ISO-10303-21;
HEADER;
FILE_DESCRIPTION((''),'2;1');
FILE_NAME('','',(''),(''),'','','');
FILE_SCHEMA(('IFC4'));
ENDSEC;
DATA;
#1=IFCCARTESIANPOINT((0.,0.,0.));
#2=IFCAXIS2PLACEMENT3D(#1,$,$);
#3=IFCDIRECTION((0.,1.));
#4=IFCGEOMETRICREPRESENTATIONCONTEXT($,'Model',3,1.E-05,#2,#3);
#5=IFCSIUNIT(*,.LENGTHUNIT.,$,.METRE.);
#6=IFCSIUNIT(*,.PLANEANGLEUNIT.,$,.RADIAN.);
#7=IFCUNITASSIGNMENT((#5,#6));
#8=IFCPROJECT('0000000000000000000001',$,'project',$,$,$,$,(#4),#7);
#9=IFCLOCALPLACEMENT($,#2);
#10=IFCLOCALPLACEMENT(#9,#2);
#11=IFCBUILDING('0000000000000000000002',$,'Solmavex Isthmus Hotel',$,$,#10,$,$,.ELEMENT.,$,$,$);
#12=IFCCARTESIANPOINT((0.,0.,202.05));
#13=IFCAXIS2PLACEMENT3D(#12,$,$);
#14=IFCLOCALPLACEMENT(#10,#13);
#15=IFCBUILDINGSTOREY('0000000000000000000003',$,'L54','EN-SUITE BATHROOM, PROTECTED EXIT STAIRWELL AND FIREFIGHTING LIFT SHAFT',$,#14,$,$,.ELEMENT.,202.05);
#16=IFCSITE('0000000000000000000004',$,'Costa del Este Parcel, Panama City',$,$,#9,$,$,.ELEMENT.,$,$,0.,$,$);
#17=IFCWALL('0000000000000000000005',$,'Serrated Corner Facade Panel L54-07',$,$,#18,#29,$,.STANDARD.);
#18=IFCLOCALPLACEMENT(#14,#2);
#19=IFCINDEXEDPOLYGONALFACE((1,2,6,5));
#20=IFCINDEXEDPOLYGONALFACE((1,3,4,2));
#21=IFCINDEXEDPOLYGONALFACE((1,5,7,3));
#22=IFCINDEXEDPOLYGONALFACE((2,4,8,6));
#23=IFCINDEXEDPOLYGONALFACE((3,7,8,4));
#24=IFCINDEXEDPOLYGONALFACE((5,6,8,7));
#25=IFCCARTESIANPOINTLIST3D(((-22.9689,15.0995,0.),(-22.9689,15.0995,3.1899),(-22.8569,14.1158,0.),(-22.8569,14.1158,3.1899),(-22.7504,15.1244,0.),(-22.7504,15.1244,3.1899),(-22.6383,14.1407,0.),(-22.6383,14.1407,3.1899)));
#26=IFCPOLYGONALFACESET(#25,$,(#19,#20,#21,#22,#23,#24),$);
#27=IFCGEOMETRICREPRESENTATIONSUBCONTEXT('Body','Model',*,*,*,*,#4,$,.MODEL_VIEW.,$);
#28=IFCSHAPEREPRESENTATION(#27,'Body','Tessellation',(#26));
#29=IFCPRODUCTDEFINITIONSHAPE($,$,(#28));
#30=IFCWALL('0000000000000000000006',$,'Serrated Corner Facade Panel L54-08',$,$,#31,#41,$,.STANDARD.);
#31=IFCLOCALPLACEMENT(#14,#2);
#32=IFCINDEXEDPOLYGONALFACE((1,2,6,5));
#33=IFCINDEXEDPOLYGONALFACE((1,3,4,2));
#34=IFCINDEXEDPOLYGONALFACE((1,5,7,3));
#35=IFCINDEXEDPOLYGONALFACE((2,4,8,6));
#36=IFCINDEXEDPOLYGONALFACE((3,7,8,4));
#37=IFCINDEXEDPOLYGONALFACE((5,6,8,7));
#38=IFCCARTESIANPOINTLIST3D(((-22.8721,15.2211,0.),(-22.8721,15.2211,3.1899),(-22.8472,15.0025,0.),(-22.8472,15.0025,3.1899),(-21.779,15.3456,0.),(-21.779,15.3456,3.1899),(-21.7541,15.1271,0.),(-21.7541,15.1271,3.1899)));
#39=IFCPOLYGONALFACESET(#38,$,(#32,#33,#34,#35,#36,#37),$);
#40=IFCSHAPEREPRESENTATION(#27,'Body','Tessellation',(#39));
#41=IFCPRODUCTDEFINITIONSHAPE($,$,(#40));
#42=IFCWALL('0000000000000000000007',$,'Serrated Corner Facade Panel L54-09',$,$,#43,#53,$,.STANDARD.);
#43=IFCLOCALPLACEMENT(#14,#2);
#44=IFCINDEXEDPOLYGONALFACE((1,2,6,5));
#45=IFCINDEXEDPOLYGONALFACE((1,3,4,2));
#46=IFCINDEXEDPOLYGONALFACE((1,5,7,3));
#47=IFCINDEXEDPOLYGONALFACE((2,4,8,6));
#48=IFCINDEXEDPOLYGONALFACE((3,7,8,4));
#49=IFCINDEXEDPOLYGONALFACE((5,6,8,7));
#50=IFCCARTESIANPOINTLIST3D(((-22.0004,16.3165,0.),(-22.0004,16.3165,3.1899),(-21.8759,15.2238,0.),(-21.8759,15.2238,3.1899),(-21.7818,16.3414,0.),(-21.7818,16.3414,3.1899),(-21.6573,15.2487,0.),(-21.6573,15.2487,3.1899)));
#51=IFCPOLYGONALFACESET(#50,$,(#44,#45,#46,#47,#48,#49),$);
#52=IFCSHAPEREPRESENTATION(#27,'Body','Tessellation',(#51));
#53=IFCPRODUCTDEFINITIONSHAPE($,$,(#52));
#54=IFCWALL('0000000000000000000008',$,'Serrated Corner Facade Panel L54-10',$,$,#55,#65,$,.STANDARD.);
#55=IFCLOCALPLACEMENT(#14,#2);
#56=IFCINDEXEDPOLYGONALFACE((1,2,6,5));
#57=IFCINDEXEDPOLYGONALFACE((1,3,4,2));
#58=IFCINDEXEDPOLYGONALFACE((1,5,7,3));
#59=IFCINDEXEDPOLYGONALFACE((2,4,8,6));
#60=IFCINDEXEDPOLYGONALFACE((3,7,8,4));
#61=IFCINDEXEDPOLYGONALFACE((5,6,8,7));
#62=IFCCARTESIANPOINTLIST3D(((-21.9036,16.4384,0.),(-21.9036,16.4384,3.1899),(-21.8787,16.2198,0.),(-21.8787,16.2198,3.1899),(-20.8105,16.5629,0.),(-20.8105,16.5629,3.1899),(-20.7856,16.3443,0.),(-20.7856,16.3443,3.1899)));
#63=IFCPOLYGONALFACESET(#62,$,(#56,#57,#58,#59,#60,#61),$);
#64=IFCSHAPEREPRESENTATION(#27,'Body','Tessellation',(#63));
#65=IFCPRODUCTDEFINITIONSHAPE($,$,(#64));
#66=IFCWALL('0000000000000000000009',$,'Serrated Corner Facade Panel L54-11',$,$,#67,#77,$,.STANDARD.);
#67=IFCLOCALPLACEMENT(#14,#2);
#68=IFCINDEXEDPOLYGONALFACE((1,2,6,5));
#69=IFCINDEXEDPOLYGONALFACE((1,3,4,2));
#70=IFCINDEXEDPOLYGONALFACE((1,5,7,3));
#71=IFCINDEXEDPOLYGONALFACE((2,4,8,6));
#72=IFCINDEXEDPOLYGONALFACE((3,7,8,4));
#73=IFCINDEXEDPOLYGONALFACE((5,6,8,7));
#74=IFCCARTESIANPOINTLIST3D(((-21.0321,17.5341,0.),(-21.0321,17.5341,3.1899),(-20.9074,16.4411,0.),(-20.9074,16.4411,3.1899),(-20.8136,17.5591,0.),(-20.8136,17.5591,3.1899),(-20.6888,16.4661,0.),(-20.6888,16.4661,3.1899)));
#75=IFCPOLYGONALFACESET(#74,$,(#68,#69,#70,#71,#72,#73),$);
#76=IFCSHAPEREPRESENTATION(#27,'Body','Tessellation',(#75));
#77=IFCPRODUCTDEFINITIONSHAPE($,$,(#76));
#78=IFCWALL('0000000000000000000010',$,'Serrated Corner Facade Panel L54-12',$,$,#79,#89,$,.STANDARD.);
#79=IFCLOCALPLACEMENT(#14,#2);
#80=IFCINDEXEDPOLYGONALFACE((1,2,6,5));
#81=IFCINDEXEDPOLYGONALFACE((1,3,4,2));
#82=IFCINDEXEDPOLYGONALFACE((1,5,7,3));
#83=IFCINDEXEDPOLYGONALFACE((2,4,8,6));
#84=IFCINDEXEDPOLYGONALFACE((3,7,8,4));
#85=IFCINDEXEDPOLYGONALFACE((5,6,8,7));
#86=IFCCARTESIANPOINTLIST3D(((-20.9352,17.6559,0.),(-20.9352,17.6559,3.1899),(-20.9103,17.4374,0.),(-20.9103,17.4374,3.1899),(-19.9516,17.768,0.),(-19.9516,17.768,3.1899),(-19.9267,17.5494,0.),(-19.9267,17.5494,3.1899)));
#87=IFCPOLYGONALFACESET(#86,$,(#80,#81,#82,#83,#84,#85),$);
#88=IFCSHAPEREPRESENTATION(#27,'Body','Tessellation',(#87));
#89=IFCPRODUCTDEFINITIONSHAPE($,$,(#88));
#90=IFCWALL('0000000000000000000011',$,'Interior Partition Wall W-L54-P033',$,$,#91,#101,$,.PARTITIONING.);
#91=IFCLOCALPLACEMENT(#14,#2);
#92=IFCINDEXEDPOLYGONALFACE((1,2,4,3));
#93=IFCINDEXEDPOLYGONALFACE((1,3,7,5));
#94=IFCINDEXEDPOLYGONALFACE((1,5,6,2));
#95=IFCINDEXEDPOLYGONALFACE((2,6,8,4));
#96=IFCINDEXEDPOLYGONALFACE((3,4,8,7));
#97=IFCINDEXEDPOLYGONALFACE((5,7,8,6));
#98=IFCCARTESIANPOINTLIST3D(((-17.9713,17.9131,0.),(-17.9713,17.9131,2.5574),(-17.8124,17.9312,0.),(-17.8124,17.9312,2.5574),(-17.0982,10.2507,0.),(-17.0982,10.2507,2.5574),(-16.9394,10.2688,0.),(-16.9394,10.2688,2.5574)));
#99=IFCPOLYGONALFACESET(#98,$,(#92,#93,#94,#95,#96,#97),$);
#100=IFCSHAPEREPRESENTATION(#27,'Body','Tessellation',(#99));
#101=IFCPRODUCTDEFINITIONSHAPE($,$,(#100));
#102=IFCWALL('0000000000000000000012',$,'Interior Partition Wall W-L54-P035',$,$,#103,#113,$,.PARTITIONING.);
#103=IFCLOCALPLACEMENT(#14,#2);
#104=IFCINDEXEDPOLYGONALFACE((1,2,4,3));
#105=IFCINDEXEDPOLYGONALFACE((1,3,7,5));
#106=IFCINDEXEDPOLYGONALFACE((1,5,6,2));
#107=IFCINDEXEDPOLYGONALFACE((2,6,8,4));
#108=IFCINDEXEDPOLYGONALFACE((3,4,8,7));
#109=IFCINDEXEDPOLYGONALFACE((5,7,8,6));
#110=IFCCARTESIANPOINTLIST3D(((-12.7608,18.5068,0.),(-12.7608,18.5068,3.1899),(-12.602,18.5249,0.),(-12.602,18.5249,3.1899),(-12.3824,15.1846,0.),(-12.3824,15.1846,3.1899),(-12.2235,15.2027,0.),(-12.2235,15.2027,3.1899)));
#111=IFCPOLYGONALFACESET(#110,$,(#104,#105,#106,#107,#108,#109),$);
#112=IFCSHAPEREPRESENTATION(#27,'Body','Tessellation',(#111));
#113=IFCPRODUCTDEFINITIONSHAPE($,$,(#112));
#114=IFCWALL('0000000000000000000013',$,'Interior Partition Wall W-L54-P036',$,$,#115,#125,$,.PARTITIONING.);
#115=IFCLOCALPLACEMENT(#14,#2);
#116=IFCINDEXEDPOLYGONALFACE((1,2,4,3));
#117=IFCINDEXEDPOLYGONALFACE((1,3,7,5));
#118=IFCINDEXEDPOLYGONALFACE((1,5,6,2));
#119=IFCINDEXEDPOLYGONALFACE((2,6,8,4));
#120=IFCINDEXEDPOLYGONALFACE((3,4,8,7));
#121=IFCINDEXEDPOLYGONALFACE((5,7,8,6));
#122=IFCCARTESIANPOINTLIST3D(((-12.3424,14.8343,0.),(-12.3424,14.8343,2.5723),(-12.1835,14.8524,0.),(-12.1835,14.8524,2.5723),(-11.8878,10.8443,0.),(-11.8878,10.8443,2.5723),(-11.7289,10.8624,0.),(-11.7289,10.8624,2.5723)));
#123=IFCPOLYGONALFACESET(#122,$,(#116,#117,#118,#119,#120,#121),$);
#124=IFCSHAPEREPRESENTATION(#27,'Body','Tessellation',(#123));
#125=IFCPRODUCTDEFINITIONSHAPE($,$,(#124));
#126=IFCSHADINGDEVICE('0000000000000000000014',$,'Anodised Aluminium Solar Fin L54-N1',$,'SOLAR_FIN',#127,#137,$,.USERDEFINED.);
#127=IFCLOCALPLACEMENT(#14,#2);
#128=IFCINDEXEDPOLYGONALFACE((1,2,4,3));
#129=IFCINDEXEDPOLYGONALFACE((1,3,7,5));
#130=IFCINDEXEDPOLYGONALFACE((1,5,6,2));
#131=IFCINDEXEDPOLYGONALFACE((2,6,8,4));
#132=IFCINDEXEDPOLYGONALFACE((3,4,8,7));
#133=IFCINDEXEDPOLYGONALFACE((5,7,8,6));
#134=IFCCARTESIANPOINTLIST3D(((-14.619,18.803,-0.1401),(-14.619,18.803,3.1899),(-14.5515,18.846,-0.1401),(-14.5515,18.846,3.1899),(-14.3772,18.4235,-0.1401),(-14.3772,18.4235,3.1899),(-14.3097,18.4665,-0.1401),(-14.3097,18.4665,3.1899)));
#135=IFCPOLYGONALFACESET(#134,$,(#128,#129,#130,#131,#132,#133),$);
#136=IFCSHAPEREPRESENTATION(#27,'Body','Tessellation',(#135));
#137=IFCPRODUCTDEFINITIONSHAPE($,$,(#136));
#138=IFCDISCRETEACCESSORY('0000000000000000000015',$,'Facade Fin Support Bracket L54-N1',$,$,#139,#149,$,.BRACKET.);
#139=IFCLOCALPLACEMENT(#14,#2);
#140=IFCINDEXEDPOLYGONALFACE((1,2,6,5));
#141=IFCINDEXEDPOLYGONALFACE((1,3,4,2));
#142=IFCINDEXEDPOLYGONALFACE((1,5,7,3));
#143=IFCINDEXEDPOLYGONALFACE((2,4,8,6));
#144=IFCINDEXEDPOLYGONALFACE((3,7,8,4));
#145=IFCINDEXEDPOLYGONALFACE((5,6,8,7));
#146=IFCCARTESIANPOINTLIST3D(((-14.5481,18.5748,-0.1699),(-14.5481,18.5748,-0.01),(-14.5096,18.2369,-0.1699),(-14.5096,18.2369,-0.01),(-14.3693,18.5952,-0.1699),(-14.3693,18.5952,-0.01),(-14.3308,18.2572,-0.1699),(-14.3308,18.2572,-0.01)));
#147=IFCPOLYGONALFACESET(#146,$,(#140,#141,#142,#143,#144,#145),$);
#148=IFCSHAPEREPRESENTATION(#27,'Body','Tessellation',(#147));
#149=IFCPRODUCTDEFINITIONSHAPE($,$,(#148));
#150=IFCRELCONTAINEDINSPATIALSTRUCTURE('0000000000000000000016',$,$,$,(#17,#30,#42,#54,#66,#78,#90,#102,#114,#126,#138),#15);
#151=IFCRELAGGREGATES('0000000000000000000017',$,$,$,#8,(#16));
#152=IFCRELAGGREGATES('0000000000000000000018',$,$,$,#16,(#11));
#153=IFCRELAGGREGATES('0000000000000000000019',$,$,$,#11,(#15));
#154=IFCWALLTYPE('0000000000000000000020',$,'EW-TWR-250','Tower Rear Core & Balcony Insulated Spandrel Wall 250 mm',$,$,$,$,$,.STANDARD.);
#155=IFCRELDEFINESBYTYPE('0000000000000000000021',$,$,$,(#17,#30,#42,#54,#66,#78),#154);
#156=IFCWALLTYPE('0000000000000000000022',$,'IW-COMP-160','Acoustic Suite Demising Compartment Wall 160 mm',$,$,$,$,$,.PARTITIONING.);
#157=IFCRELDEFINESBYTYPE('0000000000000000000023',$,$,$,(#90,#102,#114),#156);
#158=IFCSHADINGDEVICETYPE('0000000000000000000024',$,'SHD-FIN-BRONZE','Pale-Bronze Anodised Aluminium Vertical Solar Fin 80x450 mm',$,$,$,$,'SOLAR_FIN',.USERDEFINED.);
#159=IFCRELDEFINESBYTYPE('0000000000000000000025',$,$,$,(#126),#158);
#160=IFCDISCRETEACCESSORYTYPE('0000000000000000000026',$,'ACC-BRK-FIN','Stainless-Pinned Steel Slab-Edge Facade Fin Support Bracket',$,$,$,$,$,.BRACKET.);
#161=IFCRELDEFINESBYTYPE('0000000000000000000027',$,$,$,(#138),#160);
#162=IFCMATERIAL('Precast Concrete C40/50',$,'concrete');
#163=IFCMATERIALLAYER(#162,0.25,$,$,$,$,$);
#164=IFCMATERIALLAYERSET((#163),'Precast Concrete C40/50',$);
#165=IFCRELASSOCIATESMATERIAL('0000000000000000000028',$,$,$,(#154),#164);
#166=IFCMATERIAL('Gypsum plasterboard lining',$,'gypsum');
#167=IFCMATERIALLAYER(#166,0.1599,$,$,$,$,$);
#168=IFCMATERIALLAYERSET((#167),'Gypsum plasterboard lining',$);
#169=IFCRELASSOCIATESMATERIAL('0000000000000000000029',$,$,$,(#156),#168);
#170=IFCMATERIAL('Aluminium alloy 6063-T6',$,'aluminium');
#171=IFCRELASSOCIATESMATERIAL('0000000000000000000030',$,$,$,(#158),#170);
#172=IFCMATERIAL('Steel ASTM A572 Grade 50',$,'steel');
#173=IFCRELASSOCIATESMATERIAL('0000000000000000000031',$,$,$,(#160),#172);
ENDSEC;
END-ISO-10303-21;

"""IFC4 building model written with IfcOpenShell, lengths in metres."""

from ifc_helpers import new_model, si_unit, direction, frame, frame_2d, origin, origin_2d, place, context, subcontext, project, spatial, rectangle, extrude, material, layer, layer_set, type_object, element, save


model = new_model("IFC4")

# Units and contexts
model_context = context("Model", 3, precision=1e-05, world=origin(), true_north=direction((0.0, 1.0)))
body_context = subcontext(model_context, "Body", "Model", "MODEL_VIEW")
ifc_project = project(units=[si_unit("LENGTHUNIT", "METRE"), si_unit("PLANEANGLEUNIT", "RADIAN")], contexts=[model_context])

# Site, building, storey
site_placement = place(None, origin())
site = spatial("IfcSite", under=ifc_project, at=site_placement, Name="Costa del Este Parcel, Panama City", CompositionType="ELEMENT", RefElevation=0.0)
building_placement = place(site_placement, origin())
building = spatial("IfcBuilding", under=site, at=building_placement, Name="Solmavex Isthmus Hotel", CompositionType="ELEMENT")
storey_placement = place(building_placement, frame((0.0, 0.0, 202.05)))
storey = spatial("IfcBuildingStorey", under=building, at=storey_placement, Name="L54", Description="EN-SUITE BATHROOM, PROTECTED EXIT STAIRWELL AND FIREFIGHTING LIFT SHAFT", CompositionType="ELEMENT", Elevation=202.05)

# Shared definitions
ifc_material_1 = material(Name="Aluminium alloy 6063-T6", Category="aluminium")

# Walls
ifc_material_2 = material(Name="Precast Concrete C40/50", Category="concrete")
ifc_layer_1 = layer(ifc_material_2, 0.25)
ifc_layer_set_1 = layer_set([ifc_layer_1], Name="Precast Concrete C40/50")
wall_type_1 = type_object("IfcWallType", Name="EW-TWR-250", Description="Tower Rear Core & Balcony Insulated Spandrel Wall 250 mm", PredefinedType="STANDARD", material=ifc_layer_set_1)
wall_1_placement = place(storey_placement, frame((-22.7476, 14.1282, 0.0), z_axis=(0.0, 0.0, 1.0), x_axis=(-0.113192, 0.993573, 0.0)))
element("IfcWall", 1, at=wall_1_placement, inside=storey, type_object=wall_type_1, Name="Serrated Corner Facade Panel L54-07", PredefinedType="STANDARD", context=body_context, shape_type="SweptSolid", body=[
    extrude(rectangle(XDim=0.99, YDim=0.22, at=frame_2d((0.4951, 0.0))), origin(), (0.0, 0.0, 1.0), 3.1899),
])
wall_2_placement = place(storey_placement, frame((-22.8596, 15.1118, 0.0), z_axis=(0.0, 0.0, 1.0), x_axis=(0.993574, 0.113184, 0.0)))
element("IfcWall", 2, at=wall_2_placement, inside=storey, type_object=wall_type_1, Name="Serrated Corner Facade Panel L54-08", PredefinedType="STANDARD", context=body_context, shape_type="SweptSolid", body=[
    extrude(rectangle(XDim=1.1001, YDim=0.22, at=frame_2d((0.55, 0.0))), origin(), (0.0, 0.0, 1.0), 3.1899),
])
wall_3_placement = place(storey_placement, frame((-21.7666, 15.2363, 0.0), z_axis=(0.0, 0.0, 1.0), x_axis=(-0.113209, 0.993571, 0.0)))
element("IfcWall", 3, at=wall_3_placement, inside=storey, type_object=wall_type_1, Name="Serrated Corner Facade Panel L54-09", PredefinedType="STANDARD", context=body_context, shape_type="SweptSolid", body=[
    extrude(rectangle(XDim=1.0999, YDim=0.22, at=frame_2d((0.5498, 0.0))), origin(), (0.0, 0.0, 1.0), 3.1899),
])
for number, where, z_axis, x_axis, name in (
    (4, (-21.8911, 16.3291, 0.0), (0.0, 0.0, 1.0), (0.993574, 0.113184, 0.0), "Serrated Corner Facade Panel L54-10"),
    (5, (-20.7981, 16.4536, 0.0), (0.0, 0.0, 1.0), (-0.113403, 0.993549, 0.0), "Serrated Corner Facade Panel L54-11"),
):
    element("IfcWall", number, at=place(storey_placement, frame(where, z_axis=z_axis, x_axis=x_axis)), inside=storey, type_object=wall_type_1, Name=name, PredefinedType="STANDARD", context=body_context, shape_type="SweptSolid", body=[
        extrude(rectangle(XDim=1.1001, YDim=0.22, at=frame_2d((0.55, 0.0))), origin(), (0.0, 0.0, 1.0), 3.1899),
    ])
wall_4_placement = place(storey_placement, frame((-20.9229, 17.5466, 0.0), z_axis=(0.0, 0.0, 1.0), x_axis=(0.993573, 0.113192, 0.0)))
element("IfcWall", 6, at=wall_4_placement, inside=storey, type_object=wall_type_1, Name="Serrated Corner Facade Panel L54-12", PredefinedType="STANDARD", context=body_context, shape_type="SweptSolid", body=[
    extrude(rectangle(XDim=0.99, YDim=0.22, at=frame_2d((0.4951, 0.0))), origin(), (0.0, 0.0, 1.0), 3.1899),
])
ifc_material_3 = material(Name="Gypsum plasterboard lining", Category="gypsum")
ifc_layer_2 = layer(ifc_material_3, 0.1599)
ifc_layer_set_2 = layer_set([ifc_layer_2], Name="Gypsum plasterboard lining")
wall_type_2 = type_object("IfcWallType", Name="IW-COMP-160", Description="Acoustic Suite Demising Compartment Wall 160 mm", PredefinedType="PARTITIONING", material=ifc_layer_set_2)
wall_5_placement = place(storey_placement, frame((-17.8918, 17.9221, 0.0), z_axis=(0.0, 0.0, 1.0), x_axis=(0.113207, -0.993571, 0.0)))
element("IfcWall", 7, at=wall_5_placement, inside=storey, type_object=wall_type_2, Name="Interior Partition Wall W-L54-P033", PredefinedType="PARTITIONING", context=body_context, shape_type="SweptSolid", body=[
    extrude(rectangle(XDim=7.7119, YDim=0.1599, at=frame_2d((3.856, 0.0))), origin(), (0.0, 0.0, 1.0), 2.5574),
])
wall_6_placement = place(storey_placement, frame((-12.6814, 18.5159, 0.0), z_axis=(0.0, 0.0, 1.0), x_axis=(0.113172, -0.993575, 0.0)))
element("IfcWall", 8, at=wall_6_placement, inside=storey, type_object=wall_type_2, Name="Interior Partition Wall W-L54-P035", PredefinedType="PARTITIONING", context=body_context, shape_type="SweptSolid", body=[
    extrude(rectangle(XDim=3.3438, YDim=0.1599, at=frame_2d((1.6719, 0.0))), origin(), (0.0, 0.0, 1.0), 3.1899),
])
wall_7_placement = place(storey_placement, frame((-12.2629, 14.8433, 0.0), z_axis=(0.0, 0.0, 1.0), x_axis=(0.1132, -0.993572, 0.0)))
element("IfcWall", 9, at=wall_7_placement, inside=storey, type_object=wall_type_2, Name="Interior Partition Wall W-L54-P036", PredefinedType="PARTITIONING", context=body_context, shape_type="SweptSolid", body=[
    extrude(rectangle(XDim=4.0159, YDim=0.1599, at=frame_2d((2.0078, 0.0))), origin(), (0.0, 0.0, 1.0), 2.5723),
])

# Shading device
shading_device_type = type_object("IfcShadingDeviceType", Name="SHD-FIN-BRONZE", Description="Pale-Bronze Anodised Aluminium Vertical Solar Fin 80x450 mm", ElementType="SOLAR_FIN", PredefinedType="USERDEFINED", material=ifc_material_1)
shading_device_placement = place(storey_placement, frame((-14.4644, 18.6348, -0.1401), z_axis=(0.0, 0.0, 1.0), x_axis=(-0.5373, 0.843391, 0.0)))
element("IfcShadingDevice", 10, at=shading_device_placement, inside=storey, type_object=shading_device_type, Name="Anodised Aluminium Solar Fin L54-N1", ObjectType="SOLAR_FIN", PredefinedType="USERDEFINED", context=body_context, shape_type="SweptSolid", body=[
    extrude(rectangle(XDim=0.45, YDim=0.0801, at=origin_2d()), origin(), (0.0, 0.0, 1.0), 3.3301),
])

# Discrete accessory
ifc_material_4 = material(Name="Steel ASTM A572 Grade 50", Category="steel")
discrete_accessory_type = type_object("IfcDiscreteAccessoryType", Name="ACC-BRK-FIN", Description="Stainless-Pinned Steel Slab-Edge Facade Fin Support Bracket", PredefinedType="BRACKET", material=ifc_material_4)
discrete_accessory_placement = place(storey_placement, frame((-14.4395, 18.416, -0.1699), z_axis=(0.0, 0.0, 1.0), x_axis=(-0.113203, 0.993572, 0.0)))
element("IfcDiscreteAccessory", 11, at=discrete_accessory_placement, inside=storey, type_object=discrete_accessory_type, Name="Facade Fin Support Bracket L54-N1", PredefinedType="BRACKET", context=body_context, shape_type="SweptSolid", body=[
    extrude(rectangle(XDim=0.3401, YDim=0.1799, at=origin_2d()), origin(), (0.0, 0.0, 1.0), 0.1599),
])

save(model, "model.ifc")
